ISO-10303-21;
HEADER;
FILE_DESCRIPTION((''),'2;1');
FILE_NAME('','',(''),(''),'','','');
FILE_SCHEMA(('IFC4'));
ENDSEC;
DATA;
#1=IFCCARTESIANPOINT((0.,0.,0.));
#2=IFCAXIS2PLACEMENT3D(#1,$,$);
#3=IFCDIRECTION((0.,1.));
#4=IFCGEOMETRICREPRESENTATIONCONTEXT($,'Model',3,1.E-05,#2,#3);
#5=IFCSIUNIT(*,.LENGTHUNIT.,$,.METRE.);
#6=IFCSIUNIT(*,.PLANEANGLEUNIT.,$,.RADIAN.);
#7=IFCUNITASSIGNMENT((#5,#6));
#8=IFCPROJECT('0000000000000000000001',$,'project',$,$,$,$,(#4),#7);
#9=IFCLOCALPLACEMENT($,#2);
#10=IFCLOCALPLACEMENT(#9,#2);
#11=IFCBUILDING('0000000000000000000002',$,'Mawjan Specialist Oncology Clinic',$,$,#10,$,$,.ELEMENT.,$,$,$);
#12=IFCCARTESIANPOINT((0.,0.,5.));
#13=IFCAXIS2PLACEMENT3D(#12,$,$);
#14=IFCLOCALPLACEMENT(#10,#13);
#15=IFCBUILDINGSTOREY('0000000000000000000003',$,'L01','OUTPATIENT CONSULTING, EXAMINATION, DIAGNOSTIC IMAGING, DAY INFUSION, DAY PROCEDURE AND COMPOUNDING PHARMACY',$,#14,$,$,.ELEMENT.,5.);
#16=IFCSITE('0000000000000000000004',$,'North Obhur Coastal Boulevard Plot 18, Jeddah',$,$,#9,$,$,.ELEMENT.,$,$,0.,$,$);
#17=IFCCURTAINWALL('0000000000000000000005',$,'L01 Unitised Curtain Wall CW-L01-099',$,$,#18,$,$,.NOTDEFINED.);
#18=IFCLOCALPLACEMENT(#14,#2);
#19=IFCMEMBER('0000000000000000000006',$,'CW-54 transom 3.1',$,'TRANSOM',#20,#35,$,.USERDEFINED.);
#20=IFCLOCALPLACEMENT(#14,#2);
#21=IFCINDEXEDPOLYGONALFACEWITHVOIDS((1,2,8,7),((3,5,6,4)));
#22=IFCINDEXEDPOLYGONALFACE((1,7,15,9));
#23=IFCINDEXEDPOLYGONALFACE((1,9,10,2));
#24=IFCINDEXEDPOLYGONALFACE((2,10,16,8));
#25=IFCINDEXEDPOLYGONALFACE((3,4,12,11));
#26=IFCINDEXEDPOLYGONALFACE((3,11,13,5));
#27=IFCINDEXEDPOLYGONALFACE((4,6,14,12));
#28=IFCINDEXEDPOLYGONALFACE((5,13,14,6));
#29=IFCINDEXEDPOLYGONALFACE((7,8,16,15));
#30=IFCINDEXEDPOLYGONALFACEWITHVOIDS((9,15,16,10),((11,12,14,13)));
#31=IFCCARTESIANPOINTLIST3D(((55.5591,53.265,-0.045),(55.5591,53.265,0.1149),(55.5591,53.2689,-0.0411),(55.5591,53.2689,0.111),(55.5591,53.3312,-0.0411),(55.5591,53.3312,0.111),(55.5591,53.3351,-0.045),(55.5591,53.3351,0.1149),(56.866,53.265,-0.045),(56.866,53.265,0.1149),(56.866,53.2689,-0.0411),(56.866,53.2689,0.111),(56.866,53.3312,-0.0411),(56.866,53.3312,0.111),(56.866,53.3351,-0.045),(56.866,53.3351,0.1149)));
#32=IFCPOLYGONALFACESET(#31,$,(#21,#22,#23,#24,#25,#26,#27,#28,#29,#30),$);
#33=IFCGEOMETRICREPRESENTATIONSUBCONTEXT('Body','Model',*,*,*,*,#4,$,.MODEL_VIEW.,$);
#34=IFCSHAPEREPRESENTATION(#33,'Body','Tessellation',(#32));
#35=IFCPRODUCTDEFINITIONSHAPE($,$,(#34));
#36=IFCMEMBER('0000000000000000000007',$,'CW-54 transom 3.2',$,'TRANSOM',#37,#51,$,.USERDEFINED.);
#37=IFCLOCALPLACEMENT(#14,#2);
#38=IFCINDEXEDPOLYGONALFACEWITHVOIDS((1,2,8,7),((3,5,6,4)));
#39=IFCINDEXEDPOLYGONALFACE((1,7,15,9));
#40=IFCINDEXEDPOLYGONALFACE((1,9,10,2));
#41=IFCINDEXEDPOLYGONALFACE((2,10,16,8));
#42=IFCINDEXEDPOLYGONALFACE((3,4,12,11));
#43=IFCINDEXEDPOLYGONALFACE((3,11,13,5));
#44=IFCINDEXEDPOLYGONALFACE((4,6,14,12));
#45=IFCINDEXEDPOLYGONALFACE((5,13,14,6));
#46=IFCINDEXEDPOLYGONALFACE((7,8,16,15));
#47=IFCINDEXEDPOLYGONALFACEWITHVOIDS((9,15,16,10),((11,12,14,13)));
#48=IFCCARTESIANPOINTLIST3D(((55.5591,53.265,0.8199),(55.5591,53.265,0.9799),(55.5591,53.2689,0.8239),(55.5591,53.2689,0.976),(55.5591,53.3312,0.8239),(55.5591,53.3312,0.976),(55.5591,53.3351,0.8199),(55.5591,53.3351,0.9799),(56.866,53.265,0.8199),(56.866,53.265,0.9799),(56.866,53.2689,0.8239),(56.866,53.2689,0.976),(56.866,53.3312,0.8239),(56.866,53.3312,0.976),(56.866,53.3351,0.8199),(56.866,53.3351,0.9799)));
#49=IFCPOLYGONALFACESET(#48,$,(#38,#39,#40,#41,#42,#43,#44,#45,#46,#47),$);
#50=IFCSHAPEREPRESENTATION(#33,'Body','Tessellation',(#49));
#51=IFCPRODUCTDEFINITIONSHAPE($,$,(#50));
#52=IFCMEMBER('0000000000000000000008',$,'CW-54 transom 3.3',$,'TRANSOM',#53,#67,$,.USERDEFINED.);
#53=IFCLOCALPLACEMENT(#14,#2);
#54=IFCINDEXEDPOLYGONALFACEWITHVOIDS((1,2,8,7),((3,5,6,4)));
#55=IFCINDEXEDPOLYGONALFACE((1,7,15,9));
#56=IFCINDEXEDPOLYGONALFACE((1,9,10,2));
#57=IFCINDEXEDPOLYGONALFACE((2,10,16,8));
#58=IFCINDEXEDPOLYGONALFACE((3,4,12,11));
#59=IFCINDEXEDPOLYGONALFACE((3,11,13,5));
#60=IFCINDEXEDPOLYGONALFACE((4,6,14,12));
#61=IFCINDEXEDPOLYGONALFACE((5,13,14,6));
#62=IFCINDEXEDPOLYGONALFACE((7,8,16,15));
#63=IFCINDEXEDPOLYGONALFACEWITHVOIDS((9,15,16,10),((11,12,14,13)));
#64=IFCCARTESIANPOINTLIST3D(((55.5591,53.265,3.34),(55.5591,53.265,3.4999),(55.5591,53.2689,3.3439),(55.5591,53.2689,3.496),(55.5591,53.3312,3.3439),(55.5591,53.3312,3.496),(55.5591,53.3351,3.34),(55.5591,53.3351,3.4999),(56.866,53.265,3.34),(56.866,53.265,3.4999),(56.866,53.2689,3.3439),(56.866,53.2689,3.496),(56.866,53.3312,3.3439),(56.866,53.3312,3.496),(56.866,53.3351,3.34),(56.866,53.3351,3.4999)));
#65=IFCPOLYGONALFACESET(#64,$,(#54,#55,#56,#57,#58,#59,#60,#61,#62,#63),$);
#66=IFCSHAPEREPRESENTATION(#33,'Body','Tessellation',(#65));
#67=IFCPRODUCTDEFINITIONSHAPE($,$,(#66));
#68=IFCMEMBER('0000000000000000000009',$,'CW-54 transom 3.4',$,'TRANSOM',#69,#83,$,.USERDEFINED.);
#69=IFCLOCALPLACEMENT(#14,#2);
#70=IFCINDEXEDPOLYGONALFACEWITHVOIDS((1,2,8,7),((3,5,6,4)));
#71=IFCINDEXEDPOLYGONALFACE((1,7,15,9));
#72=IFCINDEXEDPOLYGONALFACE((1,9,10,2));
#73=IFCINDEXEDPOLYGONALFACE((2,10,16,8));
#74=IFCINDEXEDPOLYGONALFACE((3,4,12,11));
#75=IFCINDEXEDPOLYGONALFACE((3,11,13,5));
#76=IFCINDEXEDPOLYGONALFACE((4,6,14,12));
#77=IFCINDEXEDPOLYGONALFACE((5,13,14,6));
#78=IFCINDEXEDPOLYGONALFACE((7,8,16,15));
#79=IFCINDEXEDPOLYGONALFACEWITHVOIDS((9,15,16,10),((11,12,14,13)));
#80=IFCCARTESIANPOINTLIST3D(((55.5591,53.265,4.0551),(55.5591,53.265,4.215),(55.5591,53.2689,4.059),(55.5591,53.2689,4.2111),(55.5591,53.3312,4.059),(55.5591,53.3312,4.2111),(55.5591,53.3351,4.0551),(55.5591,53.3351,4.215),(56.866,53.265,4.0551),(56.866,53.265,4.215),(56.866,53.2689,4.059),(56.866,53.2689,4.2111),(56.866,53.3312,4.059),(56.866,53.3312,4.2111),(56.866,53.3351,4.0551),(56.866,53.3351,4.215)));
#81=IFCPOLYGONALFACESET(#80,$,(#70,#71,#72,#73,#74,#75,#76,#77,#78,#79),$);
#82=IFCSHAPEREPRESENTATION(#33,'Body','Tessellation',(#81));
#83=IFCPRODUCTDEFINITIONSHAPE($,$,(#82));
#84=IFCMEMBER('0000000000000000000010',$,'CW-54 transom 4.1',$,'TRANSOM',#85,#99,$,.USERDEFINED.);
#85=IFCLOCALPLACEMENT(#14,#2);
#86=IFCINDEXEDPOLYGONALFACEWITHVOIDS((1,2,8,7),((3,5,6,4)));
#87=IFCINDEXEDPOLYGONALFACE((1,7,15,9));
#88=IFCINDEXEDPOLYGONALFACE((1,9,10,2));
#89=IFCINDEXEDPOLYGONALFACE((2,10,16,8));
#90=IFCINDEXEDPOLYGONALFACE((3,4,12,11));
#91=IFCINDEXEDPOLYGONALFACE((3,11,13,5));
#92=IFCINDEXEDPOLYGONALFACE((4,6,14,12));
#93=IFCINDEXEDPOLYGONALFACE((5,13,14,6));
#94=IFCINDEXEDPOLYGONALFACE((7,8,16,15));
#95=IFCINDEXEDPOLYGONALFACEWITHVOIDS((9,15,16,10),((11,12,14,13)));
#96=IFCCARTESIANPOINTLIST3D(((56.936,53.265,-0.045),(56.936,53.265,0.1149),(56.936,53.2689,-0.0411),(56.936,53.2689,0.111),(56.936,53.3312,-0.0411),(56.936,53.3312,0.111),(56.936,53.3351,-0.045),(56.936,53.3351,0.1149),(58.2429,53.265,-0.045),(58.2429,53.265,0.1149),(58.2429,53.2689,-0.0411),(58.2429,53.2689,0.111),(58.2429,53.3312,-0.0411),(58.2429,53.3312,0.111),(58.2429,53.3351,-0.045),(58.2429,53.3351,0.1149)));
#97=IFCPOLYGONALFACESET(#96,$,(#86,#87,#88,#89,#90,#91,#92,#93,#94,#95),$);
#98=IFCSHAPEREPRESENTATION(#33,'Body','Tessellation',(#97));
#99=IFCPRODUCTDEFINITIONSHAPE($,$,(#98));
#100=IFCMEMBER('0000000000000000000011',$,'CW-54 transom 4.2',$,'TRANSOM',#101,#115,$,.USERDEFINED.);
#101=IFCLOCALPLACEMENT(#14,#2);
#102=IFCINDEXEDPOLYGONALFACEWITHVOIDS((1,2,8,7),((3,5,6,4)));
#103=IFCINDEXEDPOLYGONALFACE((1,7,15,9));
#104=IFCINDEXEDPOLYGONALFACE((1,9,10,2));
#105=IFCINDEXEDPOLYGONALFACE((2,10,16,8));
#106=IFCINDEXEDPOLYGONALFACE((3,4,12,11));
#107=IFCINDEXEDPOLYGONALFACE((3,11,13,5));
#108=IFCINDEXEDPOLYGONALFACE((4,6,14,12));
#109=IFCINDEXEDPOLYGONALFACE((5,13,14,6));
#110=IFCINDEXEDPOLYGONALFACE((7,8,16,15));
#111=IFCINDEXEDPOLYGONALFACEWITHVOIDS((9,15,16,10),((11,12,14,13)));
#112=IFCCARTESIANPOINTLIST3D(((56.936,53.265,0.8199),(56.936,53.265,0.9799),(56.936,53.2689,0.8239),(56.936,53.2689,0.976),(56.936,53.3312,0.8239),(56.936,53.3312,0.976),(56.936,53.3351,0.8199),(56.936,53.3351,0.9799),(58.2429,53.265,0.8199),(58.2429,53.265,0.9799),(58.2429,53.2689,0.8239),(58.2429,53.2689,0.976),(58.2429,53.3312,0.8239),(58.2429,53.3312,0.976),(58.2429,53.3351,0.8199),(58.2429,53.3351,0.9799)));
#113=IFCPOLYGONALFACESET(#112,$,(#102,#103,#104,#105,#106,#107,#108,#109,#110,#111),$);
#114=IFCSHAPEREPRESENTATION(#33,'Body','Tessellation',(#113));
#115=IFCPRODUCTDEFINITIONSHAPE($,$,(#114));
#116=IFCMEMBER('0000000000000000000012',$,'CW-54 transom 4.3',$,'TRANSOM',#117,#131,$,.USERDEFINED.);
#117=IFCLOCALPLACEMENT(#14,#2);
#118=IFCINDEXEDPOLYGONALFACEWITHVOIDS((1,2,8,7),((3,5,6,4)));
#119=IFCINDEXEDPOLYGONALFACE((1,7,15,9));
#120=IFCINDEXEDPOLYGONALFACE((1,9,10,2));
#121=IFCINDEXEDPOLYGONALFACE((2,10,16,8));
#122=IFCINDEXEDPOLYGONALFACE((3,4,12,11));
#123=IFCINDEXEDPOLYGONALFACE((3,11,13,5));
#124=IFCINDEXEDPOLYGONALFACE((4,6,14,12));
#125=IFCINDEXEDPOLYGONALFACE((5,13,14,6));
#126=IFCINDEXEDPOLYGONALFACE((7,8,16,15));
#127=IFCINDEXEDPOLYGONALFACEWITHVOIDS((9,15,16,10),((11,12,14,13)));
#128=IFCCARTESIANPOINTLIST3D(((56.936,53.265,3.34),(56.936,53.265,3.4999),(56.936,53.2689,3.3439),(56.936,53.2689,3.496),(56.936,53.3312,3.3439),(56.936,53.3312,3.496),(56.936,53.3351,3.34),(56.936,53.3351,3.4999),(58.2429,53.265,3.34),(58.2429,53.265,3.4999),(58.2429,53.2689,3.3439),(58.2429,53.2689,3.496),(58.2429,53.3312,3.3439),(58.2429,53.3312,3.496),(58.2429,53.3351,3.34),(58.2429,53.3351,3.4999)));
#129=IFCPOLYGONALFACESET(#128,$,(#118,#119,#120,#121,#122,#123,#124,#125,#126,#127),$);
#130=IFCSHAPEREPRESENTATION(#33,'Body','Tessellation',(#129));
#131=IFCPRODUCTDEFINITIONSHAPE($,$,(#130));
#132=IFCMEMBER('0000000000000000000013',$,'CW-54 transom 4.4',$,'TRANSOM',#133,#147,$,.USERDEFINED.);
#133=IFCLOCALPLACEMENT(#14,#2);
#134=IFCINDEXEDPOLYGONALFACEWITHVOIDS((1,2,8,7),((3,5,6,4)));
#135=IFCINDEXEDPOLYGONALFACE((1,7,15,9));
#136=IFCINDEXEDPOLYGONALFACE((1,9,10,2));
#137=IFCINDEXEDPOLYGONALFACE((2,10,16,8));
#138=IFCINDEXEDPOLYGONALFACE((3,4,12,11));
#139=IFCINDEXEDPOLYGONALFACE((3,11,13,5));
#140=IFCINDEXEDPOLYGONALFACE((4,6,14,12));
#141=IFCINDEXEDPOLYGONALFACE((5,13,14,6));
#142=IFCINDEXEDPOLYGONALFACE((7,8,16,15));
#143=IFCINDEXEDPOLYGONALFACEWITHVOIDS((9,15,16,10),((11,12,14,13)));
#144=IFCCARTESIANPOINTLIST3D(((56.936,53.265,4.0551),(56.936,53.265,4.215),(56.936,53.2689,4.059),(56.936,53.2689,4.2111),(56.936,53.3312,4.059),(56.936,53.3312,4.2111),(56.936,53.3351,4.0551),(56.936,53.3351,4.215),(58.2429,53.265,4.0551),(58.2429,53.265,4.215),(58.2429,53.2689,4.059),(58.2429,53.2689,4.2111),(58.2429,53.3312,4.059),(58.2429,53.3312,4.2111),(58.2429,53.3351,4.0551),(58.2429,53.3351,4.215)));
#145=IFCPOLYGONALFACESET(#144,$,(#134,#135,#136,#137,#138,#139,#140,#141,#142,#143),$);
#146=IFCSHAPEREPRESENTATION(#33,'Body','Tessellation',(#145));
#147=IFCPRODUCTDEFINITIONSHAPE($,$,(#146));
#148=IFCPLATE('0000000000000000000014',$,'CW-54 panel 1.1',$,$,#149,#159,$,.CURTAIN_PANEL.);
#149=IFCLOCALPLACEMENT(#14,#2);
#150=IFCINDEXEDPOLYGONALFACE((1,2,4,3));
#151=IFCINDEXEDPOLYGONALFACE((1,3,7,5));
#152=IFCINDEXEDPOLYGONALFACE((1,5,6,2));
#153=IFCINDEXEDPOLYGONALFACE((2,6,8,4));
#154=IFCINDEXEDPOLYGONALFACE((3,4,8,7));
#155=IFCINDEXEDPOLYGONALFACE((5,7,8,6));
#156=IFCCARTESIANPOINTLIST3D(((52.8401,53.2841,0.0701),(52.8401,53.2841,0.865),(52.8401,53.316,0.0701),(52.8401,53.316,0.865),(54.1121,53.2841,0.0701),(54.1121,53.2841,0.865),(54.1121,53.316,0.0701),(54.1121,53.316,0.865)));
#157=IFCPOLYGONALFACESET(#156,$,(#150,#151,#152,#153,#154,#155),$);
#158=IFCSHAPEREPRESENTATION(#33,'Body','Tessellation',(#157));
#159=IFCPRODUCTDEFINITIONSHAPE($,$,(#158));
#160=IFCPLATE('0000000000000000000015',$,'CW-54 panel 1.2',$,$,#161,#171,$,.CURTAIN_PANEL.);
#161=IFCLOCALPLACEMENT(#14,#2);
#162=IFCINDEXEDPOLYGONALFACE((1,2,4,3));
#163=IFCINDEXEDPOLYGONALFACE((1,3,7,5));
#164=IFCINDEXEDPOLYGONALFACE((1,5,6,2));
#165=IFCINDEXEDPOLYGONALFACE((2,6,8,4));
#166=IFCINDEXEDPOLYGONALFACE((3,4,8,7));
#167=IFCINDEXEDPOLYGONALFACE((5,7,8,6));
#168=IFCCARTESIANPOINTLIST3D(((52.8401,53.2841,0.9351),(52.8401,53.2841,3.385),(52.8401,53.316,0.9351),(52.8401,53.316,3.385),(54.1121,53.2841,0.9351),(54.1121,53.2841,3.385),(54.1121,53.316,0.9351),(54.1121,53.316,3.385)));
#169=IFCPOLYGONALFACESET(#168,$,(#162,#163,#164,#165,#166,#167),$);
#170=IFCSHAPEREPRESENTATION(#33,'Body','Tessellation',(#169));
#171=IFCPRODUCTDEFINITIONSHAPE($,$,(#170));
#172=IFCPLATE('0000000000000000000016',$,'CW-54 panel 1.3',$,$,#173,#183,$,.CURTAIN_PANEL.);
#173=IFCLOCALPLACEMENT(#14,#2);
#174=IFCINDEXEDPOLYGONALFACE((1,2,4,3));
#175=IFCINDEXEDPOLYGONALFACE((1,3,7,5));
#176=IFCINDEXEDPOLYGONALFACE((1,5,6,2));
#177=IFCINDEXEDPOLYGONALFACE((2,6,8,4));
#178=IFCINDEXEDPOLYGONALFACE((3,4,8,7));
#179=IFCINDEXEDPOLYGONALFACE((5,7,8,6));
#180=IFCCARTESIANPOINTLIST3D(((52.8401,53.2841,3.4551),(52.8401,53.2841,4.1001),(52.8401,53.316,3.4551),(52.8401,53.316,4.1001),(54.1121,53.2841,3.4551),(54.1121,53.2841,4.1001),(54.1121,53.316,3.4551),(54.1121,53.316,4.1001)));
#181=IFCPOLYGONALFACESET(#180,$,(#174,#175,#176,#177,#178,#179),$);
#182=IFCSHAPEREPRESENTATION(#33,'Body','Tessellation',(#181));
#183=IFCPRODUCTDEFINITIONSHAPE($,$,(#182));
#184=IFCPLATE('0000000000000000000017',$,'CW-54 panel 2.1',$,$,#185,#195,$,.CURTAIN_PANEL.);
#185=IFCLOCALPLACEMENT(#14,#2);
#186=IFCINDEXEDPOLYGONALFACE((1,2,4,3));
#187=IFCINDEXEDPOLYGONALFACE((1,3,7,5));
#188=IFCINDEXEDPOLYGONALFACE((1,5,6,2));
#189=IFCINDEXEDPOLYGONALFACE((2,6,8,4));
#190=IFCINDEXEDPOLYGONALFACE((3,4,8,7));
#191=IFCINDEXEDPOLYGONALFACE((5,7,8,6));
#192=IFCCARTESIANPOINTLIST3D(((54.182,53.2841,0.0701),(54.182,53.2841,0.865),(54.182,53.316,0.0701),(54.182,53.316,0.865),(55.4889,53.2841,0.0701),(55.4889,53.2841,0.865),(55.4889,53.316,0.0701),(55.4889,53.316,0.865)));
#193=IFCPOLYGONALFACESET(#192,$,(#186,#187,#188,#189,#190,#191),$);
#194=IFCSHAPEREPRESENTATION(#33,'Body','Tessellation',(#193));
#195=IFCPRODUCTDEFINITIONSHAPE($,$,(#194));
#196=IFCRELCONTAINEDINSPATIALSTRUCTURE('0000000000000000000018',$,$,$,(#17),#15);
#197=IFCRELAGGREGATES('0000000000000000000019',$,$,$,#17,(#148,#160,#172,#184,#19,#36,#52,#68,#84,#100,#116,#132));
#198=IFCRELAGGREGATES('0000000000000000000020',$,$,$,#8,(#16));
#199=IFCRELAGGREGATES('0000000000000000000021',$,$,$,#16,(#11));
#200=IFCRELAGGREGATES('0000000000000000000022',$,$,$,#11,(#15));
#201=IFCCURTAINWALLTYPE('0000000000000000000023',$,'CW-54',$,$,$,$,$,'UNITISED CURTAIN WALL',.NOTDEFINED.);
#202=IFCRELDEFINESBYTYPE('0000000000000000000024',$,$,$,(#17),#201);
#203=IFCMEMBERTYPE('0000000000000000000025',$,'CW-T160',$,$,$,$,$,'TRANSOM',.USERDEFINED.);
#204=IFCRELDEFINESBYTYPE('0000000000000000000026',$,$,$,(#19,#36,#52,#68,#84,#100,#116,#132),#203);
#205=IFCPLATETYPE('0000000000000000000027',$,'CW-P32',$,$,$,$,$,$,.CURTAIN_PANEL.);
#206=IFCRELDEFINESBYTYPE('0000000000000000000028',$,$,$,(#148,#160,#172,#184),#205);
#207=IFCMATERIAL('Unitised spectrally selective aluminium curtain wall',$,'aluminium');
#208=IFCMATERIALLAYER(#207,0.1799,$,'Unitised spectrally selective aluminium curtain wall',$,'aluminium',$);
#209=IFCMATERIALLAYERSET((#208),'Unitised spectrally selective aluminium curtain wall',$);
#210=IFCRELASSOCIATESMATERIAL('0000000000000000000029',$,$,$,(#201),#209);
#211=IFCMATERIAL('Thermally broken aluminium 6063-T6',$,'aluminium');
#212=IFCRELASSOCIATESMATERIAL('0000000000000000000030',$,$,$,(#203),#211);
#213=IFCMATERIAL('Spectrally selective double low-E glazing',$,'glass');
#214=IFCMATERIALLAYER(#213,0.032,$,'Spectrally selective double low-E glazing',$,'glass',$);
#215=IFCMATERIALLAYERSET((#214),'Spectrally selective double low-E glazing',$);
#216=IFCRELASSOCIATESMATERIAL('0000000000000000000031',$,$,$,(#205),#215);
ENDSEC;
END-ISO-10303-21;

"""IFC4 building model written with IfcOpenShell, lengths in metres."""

from ifc_helpers import new_model, si_unit, direction, frame, origin, origin_2d, place, context, subcontext, project, spatial, rectangle, hollow_rectangle, extrude, material, layer, layer_set, material_profile, profile_set, type_object, element, aggregate, save


model = new_model("IFC4")

# Units and contexts
model_context = context("Model", 3, precision=1e-05, world=origin(), true_north=direction((0.0, 1.0)))
body_context = subcontext(model_context, "Body", "Model", "MODEL_VIEW")
ifc_project = project(units=[si_unit("LENGTHUNIT", "METRE"), si_unit("PLANEANGLEUNIT", "RADIAN")], contexts=[model_context])

# Site, building, storey
site_placement = place(None, origin())
site = spatial("IfcSite", under=ifc_project, at=site_placement, Name="North Obhur Coastal Boulevard Plot 18, Jeddah", CompositionType="ELEMENT", RefElevation=0.0)
building_placement = place(site_placement, origin())
building = spatial("IfcBuilding", under=site, at=building_placement, Name="Mawjan Specialist Oncology Clinic", CompositionType="ELEMENT")
storey_placement = place(building_placement, frame((0.0, 0.0, 5.0)))
storey = spatial("IfcBuildingStorey", under=building, at=storey_placement, Name="L01", Description="OUTPATIENT CONSULTING, EXAMINATION, DIAGNOSTIC IMAGING, DAY INFUSION, DAY PROCEDURE AND COMPOUNDING PHARMACY", CompositionType="ELEMENT", Elevation=5.0)

# Curtain wall, members, plates
ifc_material_1 = material(Name="Unitised spectrally selective aluminium curtain wall", Category="aluminium")
ifc_layer_1 = layer(ifc_material_1, 0.1799, Name="Unitised spectrally selective aluminium curtain wall", Category="aluminium")
ifc_layer_set_1 = layer_set([ifc_layer_1], Name="Unitised spectrally selective aluminium curtain wall")
curtain_wall_type = type_object("IfcCurtainWallType", Name="CW-54", ElementType="UNITISED CURTAIN WALL", PredefinedType="NOTDEFINED", material=ifc_layer_set_1)
curtain_wall_placement = place(storey_placement, origin())
curtain_wall = element("IfcCurtainWall", 1, at=curtain_wall_placement, inside=storey, type_object=curtain_wall_type, Name="L01 Unitised Curtain Wall CW-L01-099", PredefinedType="NOTDEFINED")
ifc_material_2 = material(Name="Thermally broken aluminium 6063-T6", Category="aluminium")
ifc_material_profile_1 = material_profile(ifc_material_2, hollow_rectangle(XDim=0.0701, YDim=0.1599, WallThickness=0.0039, at=origin_2d()), Name="ALU TRANSOM 160x70x4", Category="aluminium")
ifc_profile_set_1 = profile_set([ifc_material_profile_1], Name="Thermally broken aluminium 6063-T6")
member_type_1 = type_object("IfcMemberType", Name="CW-T160", ElementType="TRANSOM", PredefinedType="USERDEFINED", material=ifc_profile_set_1)
member_1_placement = place(storey_placement, frame((55.5591, 53.3, 0.0349), z_axis=(1.0, 0.0, 0.0), x_axis=(0.0, 1.0, 0.0)))
member_1 = element("IfcMember", 2, at=member_1_placement, type_object=member_type_1, Name="CW-54 transom 3.1", ObjectType="TRANSOM", PredefinedType="USERDEFINED", context=body_context, shape_type="SweptSolid", body=[
    extrude(hollow_rectangle(XDim=0.0701, YDim=0.1599, WallThickness=0.0039, at=origin_2d()), origin(), (0.0, 0.0, 1.0), 1.3069),
])
member_2_placement = place(storey_placement, frame((55.5591, 53.3, 0.8999), z_axis=(1.0, 0.0, 0.0), x_axis=(0.0, 1.0, 0.0)))
member_2 = element("IfcMember", 3, at=member_2_placement, type_object=member_type_1, Name="CW-54 transom 3.2", ObjectType="TRANSOM", PredefinedType="USERDEFINED", context=body_context, shape_type="SweptSolid", body=[
    extrude(hollow_rectangle(XDim=0.0701, YDim=0.1599, WallThickness=0.0039, at=origin_2d()), origin(), (0.0, 0.0, 1.0), 1.3069),
])
member_3_placement = place(storey_placement, frame((55.5591, 53.3, 3.4199), z_axis=(1.0, 0.0, 0.0), x_axis=(0.0, 1.0, 0.0)))
member_3 = element("IfcMember", 4, at=member_3_placement, type_object=member_type_1, Name="CW-54 transom 3.3", ObjectType="TRANSOM", PredefinedType="USERDEFINED", context=body_context, shape_type="SweptSolid", body=[
    extrude(hollow_rectangle(XDim=0.0701, YDim=0.1599, WallThickness=0.0039, at=origin_2d()), origin(), (0.0, 0.0, 1.0), 1.3069),
])
member_4_placement = place(storey_placement, frame((55.5591, 53.3, 4.135), z_axis=(1.0, 0.0, 0.0), x_axis=(0.0, 1.0, 0.0)))
member_4 = element("IfcMember", 5, at=member_4_placement, type_object=member_type_1, Name="CW-54 transom 3.4", ObjectType="TRANSOM", PredefinedType="USERDEFINED", context=body_context, shape_type="SweptSolid", body=[
    extrude(hollow_rectangle(XDim=0.0701, YDim=0.1599, WallThickness=0.0039, at=origin_2d()), origin(), (0.0, 0.0, 1.0), 1.3069),
])
member_5_placement = place(storey_placement, frame((56.936, 53.3, 0.0349), z_axis=(1.0, 0.0, 0.0), x_axis=(0.0, 1.0, 0.0)))
member_5 = element("IfcMember", 6, at=member_5_placement, type_object=member_type_1, Name="CW-54 transom 4.1", ObjectType="TRANSOM", PredefinedType="USERDEFINED", context=body_context, shape_type="SweptSolid", body=[
    extrude(hollow_rectangle(XDim=0.0701, YDim=0.1599, WallThickness=0.0039, at=origin_2d()), origin(), (0.0, 0.0, 1.0), 1.3069),
])
member_6_placement = place(storey_placement, frame((56.936, 53.3, 0.8999), z_axis=(1.0, 0.0, 0.0), x_axis=(0.0, 1.0, 0.0)))
member_6 = element("IfcMember", 7, at=member_6_placement, type_object=member_type_1, Name="CW-54 transom 4.2", ObjectType="TRANSOM", PredefinedType="USERDEFINED", context=body_context, shape_type="SweptSolid", body=[
    extrude(hollow_rectangle(XDim=0.0701, YDim=0.1599, WallThickness=0.0039, at=origin_2d()), origin(), (0.0, 0.0, 1.0), 1.3069),
])
member_7_placement = place(storey_placement, frame((56.936, 53.3, 3.4199), z_axis=(1.0, 0.0, 0.0), x_axis=(0.0, 1.0, 0.0)))
member_7 = element("IfcMember", 8, at=member_7_placement, type_object=member_type_1, Name="CW-54 transom 4.3", ObjectType="TRANSOM", PredefinedType="USERDEFINED", context=body_context, shape_type="SweptSolid", body=[
    extrude(hollow_rectangle(XDim=0.0701, YDim=0.1599, WallThickness=0.0039, at=origin_2d()), origin(), (0.0, 0.0, 1.0), 1.3069),
])
member_8_placement = place(storey_placement, frame((56.936, 53.3, 4.135), z_axis=(1.0, 0.0, 0.0), x_axis=(0.0, 1.0, 0.0)))
member_8 = element("IfcMember", 9, at=member_8_placement, type_object=member_type_1, Name="CW-54 transom 4.4", ObjectType="TRANSOM", PredefinedType="USERDEFINED", context=body_context, shape_type="SweptSolid", body=[
    extrude(hollow_rectangle(XDim=0.0701, YDim=0.1599, WallThickness=0.0039, at=origin_2d()), origin(), (0.0, 0.0, 1.0), 1.3069),
])
ifc_material_3 = material(Name="Spectrally selective double low-E glazing", Category="glass")
ifc_layer_2 = layer(ifc_material_3, 0.032, Name="Spectrally selective double low-E glazing", Category="glass")
ifc_layer_set_2 = layer_set([ifc_layer_2], Name="Spectrally selective double low-E glazing")
plate_type = type_object("IfcPlateType", Name="CW-P32", PredefinedType="CURTAIN_PANEL", material=ifc_layer_set_2)
plate_1_placement = place(storey_placement, frame((53.4761, 53.3, 0.0701), z_axis=(0.0, 0.0, 1.0), x_axis=(1.0, 0.0, 0.0)))
plate_1 = element("IfcPlate", 10, at=plate_1_placement, type_object=plate_type, Name="CW-54 panel 1.1", PredefinedType="CURTAIN_PANEL", context=body_context, shape_type="SweptSolid", body=[
    extrude(rectangle(XDim=1.272, YDim=0.032, at=origin_2d()), origin(), (0.0, 0.0, 1.0), 0.7949),
])
plate_2_placement = place(storey_placement, frame((53.4761, 53.3, 0.9351), z_axis=(0.0, 0.0, 1.0), x_axis=(1.0, 0.0, 0.0)))
plate_2 = element("IfcPlate", 11, at=plate_2_placement, type_object=plate_type, Name="CW-54 panel 1.2", PredefinedType="CURTAIN_PANEL", context=body_context, shape_type="SweptSolid", body=[
    extrude(rectangle(XDim=1.272, YDim=0.032, at=origin_2d()), origin(), (0.0, 0.0, 1.0), 2.45),
])
plate_3_placement = place(storey_placement, frame((53.4761, 53.3, 3.4551), z_axis=(0.0, 0.0, 1.0), x_axis=(1.0, 0.0, 0.0)))
plate_3 = element("IfcPlate", 12, at=plate_3_placement, type_object=plate_type, Name="CW-54 panel 1.3", PredefinedType="CURTAIN_PANEL", context=body_context, shape_type="SweptSolid", body=[
    extrude(rectangle(XDim=1.272, YDim=0.032, at=origin_2d()), origin(), (0.0, 0.0, 1.0), 0.645),
])
plate_4_placement = place(storey_placement, frame((54.8354, 53.3, 0.0701), z_axis=(0.0, 0.0, 1.0), x_axis=(1.0, 0.0, 0.0)))
plate_4 = element("IfcPlate", 13, at=plate_4_placement, type_object=plate_type, Name="CW-54 panel 2.1", PredefinedType="CURTAIN_PANEL", context=body_context, shape_type="SweptSolid", body=[
    extrude(rectangle(XDim=1.3069, YDim=0.032, at=origin_2d()), origin(), (0.0, 0.0, 1.0), 0.7949),
])
aggregate(curtain_wall, [plate_1, plate_2, plate_3, plate_4, member_1, member_2, member_3, member_4, member_5, member_6, member_7, member_8])

save(model, "model.ifc")
